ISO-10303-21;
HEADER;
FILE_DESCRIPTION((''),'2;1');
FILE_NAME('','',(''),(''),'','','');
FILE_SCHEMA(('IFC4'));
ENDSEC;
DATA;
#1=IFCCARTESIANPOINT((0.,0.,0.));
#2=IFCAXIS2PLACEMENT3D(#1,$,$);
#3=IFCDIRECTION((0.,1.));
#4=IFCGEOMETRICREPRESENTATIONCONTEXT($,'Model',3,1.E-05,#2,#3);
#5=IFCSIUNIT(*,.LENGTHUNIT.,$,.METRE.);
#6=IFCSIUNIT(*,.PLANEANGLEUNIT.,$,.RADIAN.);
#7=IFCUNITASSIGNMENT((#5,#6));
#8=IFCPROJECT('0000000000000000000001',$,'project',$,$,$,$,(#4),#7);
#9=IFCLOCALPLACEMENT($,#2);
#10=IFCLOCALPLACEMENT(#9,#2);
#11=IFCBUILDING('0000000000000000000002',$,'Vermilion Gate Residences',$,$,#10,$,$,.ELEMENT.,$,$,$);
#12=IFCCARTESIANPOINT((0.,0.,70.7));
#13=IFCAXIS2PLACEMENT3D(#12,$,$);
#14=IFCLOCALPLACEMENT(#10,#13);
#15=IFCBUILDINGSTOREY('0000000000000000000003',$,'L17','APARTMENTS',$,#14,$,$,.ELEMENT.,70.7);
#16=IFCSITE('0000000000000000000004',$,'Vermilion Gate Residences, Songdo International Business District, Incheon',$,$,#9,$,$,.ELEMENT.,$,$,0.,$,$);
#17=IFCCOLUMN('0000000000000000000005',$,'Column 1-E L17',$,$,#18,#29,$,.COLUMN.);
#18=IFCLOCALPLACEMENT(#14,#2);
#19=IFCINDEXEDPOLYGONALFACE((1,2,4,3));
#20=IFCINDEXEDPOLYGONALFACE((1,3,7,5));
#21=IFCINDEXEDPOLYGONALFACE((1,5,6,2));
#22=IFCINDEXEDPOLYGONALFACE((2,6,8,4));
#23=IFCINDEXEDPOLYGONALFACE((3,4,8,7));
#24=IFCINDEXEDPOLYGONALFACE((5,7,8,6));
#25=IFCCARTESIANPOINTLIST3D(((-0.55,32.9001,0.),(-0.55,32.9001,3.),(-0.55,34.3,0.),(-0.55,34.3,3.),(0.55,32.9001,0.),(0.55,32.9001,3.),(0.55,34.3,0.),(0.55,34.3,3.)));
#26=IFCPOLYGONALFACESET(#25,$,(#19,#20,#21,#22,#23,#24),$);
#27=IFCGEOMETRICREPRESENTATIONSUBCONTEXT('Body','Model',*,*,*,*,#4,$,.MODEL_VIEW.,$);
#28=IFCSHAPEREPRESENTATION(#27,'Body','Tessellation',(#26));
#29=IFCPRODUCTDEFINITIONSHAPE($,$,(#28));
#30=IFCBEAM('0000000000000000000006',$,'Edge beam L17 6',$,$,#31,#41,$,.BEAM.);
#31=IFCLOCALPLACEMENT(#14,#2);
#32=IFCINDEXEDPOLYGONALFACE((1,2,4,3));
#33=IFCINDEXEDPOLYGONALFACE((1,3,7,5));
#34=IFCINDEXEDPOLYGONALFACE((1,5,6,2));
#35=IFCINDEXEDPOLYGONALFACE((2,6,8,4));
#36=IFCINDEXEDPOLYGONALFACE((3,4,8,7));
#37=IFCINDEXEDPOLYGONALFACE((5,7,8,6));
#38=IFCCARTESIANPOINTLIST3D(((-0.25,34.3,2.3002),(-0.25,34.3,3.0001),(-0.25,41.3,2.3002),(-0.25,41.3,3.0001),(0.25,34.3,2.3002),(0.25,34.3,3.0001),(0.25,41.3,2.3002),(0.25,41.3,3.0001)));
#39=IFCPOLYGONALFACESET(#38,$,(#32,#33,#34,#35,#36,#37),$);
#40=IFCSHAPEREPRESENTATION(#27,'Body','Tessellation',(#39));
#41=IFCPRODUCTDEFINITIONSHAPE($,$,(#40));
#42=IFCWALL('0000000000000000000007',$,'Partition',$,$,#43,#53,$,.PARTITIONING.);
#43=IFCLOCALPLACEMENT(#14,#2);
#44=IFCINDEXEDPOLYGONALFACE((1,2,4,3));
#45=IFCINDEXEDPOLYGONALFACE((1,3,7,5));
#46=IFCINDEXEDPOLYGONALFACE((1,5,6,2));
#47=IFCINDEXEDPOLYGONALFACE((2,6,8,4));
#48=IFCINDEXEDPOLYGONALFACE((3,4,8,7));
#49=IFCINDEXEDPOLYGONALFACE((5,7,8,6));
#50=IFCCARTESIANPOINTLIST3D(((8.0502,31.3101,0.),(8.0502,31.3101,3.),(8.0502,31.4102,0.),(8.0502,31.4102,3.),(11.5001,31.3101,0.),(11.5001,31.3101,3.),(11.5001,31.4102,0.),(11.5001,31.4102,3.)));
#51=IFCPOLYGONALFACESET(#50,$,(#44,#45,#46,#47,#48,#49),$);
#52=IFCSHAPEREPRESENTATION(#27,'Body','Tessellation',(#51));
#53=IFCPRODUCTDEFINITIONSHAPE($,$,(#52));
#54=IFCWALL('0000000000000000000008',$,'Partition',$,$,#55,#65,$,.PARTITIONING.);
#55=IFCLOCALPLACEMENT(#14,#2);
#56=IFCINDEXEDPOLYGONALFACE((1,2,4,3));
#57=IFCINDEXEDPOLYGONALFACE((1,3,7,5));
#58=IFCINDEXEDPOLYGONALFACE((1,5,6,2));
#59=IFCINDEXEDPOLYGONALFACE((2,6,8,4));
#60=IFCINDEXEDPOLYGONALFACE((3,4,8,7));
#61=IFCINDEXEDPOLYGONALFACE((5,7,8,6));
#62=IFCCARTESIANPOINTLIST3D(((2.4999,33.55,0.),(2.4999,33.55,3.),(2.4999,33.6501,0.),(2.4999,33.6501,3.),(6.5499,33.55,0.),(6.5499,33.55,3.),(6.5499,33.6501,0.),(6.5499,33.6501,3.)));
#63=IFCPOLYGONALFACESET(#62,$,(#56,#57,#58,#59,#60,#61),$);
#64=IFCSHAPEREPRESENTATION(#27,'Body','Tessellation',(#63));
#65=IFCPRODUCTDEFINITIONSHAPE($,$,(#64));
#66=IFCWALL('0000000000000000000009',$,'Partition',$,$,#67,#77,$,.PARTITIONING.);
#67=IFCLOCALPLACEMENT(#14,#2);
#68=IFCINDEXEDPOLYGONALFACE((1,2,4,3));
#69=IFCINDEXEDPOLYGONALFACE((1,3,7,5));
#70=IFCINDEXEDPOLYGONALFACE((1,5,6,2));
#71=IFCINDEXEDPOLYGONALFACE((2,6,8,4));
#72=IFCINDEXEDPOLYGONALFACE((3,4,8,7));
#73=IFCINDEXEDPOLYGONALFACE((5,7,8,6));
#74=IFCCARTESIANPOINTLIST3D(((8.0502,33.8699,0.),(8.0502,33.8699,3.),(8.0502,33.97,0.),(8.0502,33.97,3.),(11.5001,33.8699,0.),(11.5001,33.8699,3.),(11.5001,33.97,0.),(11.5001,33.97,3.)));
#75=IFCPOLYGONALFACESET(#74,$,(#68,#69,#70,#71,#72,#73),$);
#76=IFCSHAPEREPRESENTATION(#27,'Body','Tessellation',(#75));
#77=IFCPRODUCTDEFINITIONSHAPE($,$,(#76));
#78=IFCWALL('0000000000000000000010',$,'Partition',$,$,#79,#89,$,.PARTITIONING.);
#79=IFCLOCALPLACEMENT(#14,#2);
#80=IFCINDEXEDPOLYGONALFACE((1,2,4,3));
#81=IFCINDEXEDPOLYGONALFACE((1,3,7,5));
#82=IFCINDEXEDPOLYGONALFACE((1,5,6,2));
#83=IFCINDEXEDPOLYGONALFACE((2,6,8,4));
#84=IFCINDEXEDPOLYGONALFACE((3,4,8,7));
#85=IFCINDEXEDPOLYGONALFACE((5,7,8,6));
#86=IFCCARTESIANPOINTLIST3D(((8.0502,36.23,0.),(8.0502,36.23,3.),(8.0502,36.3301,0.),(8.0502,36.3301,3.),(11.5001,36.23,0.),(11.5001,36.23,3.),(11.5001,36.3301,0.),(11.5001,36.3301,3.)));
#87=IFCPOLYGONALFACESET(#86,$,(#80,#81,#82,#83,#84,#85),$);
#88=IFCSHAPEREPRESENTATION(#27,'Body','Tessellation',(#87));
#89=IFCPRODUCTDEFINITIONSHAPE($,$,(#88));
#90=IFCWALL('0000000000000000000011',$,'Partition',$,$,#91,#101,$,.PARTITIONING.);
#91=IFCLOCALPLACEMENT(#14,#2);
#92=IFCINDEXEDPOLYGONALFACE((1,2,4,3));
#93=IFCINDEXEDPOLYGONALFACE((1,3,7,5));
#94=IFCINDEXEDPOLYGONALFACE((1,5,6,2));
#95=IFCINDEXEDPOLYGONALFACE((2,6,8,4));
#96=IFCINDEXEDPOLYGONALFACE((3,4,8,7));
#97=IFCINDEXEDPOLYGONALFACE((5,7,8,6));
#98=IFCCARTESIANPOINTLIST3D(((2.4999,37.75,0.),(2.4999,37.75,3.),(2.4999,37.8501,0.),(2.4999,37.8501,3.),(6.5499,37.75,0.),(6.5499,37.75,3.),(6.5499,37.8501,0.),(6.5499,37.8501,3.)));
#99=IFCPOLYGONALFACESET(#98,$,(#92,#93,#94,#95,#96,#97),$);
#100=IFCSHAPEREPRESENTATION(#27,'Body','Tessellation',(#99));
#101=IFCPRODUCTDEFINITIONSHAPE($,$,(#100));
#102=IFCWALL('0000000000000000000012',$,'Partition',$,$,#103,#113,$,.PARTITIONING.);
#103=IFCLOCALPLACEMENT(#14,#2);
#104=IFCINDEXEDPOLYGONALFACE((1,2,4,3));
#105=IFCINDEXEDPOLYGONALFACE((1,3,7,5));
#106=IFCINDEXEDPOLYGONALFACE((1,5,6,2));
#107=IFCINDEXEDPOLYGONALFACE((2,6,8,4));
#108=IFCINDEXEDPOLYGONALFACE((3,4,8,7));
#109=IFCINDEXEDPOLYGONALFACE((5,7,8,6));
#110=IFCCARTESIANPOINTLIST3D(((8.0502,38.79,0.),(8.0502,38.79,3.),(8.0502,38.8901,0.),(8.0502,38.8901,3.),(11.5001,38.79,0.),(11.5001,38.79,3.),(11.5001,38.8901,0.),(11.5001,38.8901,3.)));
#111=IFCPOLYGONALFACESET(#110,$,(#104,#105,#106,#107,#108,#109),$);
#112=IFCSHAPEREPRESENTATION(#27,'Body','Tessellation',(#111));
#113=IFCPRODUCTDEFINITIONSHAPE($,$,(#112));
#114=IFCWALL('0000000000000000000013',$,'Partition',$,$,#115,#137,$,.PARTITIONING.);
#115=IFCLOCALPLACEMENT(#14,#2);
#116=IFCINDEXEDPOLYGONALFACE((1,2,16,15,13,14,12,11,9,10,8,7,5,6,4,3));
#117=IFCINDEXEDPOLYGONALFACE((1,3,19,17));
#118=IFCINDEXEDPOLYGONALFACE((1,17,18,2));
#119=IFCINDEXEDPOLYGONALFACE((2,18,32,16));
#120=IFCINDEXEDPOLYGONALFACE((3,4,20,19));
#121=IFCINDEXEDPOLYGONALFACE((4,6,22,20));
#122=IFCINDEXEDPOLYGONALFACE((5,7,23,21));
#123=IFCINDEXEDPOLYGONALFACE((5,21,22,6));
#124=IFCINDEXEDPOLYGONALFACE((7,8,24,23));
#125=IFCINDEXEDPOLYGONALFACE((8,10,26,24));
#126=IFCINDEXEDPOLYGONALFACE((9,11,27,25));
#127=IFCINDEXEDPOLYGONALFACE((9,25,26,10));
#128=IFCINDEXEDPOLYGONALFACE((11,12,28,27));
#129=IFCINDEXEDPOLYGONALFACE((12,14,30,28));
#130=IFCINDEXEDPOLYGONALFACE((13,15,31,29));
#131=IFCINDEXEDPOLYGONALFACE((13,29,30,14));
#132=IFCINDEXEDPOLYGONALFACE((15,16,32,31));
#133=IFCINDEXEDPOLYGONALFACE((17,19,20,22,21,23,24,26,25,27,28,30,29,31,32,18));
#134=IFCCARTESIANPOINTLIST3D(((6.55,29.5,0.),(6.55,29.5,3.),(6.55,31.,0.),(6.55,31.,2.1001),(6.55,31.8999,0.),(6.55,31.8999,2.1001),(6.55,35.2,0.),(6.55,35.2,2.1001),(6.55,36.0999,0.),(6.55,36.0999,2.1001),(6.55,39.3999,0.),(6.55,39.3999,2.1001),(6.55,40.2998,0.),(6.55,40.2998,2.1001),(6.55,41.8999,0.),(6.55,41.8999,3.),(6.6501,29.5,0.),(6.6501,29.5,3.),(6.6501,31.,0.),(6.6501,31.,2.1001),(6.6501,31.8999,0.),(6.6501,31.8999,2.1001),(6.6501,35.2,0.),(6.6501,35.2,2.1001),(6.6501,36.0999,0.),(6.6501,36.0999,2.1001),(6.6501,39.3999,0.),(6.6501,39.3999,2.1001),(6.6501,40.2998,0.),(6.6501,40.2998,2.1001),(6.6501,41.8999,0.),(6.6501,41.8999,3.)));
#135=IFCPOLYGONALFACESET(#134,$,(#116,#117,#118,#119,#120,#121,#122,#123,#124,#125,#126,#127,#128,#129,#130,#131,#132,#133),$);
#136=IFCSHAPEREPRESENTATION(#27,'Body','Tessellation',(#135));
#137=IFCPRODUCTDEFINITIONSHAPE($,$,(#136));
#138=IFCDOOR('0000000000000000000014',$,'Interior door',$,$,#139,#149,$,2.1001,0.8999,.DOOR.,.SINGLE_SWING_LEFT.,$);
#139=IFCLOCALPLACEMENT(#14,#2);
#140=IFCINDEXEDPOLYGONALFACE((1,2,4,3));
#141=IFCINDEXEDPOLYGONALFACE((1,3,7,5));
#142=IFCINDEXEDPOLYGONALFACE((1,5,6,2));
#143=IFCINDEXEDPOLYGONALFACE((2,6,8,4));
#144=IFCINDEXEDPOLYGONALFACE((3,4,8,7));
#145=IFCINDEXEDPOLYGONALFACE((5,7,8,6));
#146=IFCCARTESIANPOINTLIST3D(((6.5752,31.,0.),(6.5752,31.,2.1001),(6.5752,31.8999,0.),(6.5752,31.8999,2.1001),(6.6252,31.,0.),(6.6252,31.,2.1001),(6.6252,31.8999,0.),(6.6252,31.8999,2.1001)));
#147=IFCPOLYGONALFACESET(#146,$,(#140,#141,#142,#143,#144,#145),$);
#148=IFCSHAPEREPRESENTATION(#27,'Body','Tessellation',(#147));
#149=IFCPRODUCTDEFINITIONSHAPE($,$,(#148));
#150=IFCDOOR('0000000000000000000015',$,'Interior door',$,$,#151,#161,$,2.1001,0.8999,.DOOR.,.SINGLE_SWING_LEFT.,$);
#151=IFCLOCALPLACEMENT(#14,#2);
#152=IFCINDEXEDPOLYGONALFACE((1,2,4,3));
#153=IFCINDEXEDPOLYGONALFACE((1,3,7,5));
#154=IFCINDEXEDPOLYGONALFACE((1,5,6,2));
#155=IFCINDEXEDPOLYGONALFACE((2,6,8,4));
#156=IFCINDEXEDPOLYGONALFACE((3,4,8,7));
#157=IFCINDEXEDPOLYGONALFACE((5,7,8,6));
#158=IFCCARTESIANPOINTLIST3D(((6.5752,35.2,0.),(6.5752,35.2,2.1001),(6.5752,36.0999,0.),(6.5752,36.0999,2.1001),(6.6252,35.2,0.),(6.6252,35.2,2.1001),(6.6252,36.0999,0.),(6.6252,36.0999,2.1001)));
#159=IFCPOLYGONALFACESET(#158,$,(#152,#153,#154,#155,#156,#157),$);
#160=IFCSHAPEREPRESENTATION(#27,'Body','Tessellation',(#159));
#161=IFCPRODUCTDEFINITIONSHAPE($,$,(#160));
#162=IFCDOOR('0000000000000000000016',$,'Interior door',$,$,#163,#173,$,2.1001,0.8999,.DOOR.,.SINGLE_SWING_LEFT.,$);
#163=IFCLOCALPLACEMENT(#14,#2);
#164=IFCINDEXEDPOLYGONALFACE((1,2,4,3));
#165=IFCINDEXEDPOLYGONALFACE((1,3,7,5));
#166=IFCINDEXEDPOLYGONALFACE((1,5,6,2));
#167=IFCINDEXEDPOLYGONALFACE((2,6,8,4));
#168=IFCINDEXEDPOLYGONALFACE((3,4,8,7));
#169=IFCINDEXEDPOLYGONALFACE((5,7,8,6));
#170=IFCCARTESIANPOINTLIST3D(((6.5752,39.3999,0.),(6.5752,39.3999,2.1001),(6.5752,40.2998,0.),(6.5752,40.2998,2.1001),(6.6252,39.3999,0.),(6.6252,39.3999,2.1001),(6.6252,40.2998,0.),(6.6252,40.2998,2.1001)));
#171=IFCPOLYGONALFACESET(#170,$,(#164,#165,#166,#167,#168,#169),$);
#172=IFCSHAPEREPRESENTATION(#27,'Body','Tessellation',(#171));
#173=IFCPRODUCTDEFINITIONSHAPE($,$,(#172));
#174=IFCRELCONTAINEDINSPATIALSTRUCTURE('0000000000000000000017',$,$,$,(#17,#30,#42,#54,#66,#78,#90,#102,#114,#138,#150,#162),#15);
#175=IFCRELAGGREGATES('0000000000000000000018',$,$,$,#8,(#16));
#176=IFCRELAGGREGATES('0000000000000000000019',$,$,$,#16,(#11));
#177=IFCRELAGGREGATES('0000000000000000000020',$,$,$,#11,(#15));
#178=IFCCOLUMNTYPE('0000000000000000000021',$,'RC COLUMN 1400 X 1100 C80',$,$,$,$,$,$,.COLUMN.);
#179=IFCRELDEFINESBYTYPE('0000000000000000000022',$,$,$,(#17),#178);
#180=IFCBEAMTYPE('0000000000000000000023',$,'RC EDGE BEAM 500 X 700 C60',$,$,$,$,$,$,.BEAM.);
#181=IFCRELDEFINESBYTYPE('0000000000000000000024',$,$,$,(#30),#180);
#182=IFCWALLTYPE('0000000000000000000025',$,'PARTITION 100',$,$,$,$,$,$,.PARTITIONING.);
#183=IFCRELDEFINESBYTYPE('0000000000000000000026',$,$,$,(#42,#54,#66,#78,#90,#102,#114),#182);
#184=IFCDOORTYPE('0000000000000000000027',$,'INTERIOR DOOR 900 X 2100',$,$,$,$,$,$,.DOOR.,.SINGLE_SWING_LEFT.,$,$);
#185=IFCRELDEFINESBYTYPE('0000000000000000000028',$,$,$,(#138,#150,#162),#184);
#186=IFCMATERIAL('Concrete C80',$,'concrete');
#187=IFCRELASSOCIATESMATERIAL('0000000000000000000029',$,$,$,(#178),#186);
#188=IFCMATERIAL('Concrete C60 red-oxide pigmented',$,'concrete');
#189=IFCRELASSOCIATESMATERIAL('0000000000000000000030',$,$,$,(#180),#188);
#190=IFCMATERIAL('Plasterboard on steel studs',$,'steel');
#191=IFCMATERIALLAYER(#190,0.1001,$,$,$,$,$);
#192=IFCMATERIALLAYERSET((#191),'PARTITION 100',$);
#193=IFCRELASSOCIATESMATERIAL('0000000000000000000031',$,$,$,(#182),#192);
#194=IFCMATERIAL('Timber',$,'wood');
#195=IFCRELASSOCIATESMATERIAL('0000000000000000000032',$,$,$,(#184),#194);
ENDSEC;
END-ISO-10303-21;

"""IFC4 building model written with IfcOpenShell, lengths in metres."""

from ifc_helpers import new_model, si_unit, direction, frame, frame_2d, origin, origin_2d, place, context, subcontext, project, spatial, rectangle, extrude, material, layer, layer_set, material_profile, profile_set, type_object, element, fill, save


model = new_model("IFC4")

# Units and contexts
model_context = context("Model", 3, precision=1e-05, world=origin(), true_north=direction((0.0, 1.0)))
body_context = subcontext(model_context, "Body", "Model", "MODEL_VIEW")
ifc_project = project(units=[si_unit("LENGTHUNIT", "METRE"), si_unit("PLANEANGLEUNIT", "RADIAN")], contexts=[model_context])

# Site, building, storey
site_placement = place(None, origin())
site = spatial("IfcSite", under=ifc_project, at=site_placement, Name="Vermilion Gate Residences, Songdo International Business District, Incheon", CompositionType="ELEMENT", RefElevation=0.0)
building_placement = place(site_placement, origin())
building = spatial("IfcBuilding", under=site, at=building_placement, Name="Vermilion Gate Residences", CompositionType="ELEMENT")
storey_placement = place(building_placement, frame((0.0, 0.0, 70.7)))
storey = spatial("IfcBuildingStorey", under=building, at=storey_placement, Name="L17", Description="APARTMENTS", CompositionType="ELEMENT", Elevation=70.7)

# Column
ifc_material_1 = material(Name="Concrete C80", Category="concrete")
ifc_material_profile_1 = material_profile(ifc_material_1, rectangle(XDim=1.3999, YDim=1.1001, at=origin_2d()), Name="RC-1400x1100")
ifc_profile_set_1 = profile_set([ifc_material_profile_1], Name="Concrete C80")
column_type = type_object("IfcColumnType", Name="RC COLUMN 1400 X 1100 C80", PredefinedType="COLUMN", material=ifc_profile_set_1)
column_placement = place(storey_placement, frame((0.0, 33.6001, 0.0), z_axis=(0.0, 0.0, 1.0), x_axis=(0.0, 1.0, 0.0)))
element("IfcColumn", 1, at=column_placement, inside=storey, type_object=column_type, Name="Column 1-E L17", PredefinedType="COLUMN", context=body_context, shape_type="SweptSolid", body=[
    extrude(rectangle(XDim=1.3999, YDim=1.1001, at=origin_2d()), origin(), (0.0, 0.0, 1.0), 3.0),
])

# Beam
ifc_material_2 = material(Name="Concrete C60 red-oxide pigmented", Category="concrete")
ifc_material_profile_2 = material_profile(ifc_material_2, rectangle(XDim=0.5, YDim=0.7, at=origin_2d()), Name="RC-500x700")
ifc_profile_set_2 = profile_set([ifc_material_profile_2], Name="Concrete C60 red-oxide pigmented")
beam_type = type_object("IfcBeamType", Name="RC EDGE BEAM 500 X 700 C60", PredefinedType="BEAM", material=ifc_profile_set_2)
beam_placement = place(storey_placement, frame((0.0, 34.3, 2.6501), z_axis=(0.0, 1.0, 0.0), x_axis=(-1.0, 0.0, 0.0)))
element("IfcBeam", 2, at=beam_placement, inside=storey, type_object=beam_type, Name="Edge beam L17 6", PredefinedType="BEAM", context=body_context, shape_type="SweptSolid", body=[
    extrude(rectangle(XDim=0.5, YDim=0.7, at=origin_2d()), origin(), (0.0, 0.0, 1.0), 7.0),
])

# Walls
ifc_material_3 = material(Name="Plasterboard on steel studs", Category="steel")
ifc_layer = layer(ifc_material_3, 0.1001)
ifc_layer_set = layer_set([ifc_layer], Name="PARTITION 100")
wall_type = type_object("IfcWallType", Name="PARTITION 100", PredefinedType="PARTITIONING", material=ifc_layer_set)
wall_1_placement = place(storey_placement, frame((8.05, 31.3601, 0.0), z_axis=(0.0, 0.0, 1.0), x_axis=(1.0, 0.0, 0.0)))
element("IfcWall", 3, at=wall_1_placement, inside=storey, type_object=wall_type, Name="Partition", PredefinedType="PARTITIONING", context=body_context, shape_type="SweptSolid", body=[
    extrude(rectangle(XDim=3.45, YDim=0.1001, at=frame_2d((1.7251, 0.0))), origin(), (0.0, 0.0, 1.0), 3.0),
])
wall_2_placement = place(storey_placement, frame((2.5, 33.6001, 0.0), z_axis=(0.0, 0.0, 1.0), x_axis=(1.0, 0.0, 0.0)))
element("IfcWall", 4, at=wall_2_placement, inside=storey, type_object=wall_type, Name="Partition", PredefinedType="PARTITIONING", context=body_context, shape_type="SweptSolid", body=[
    extrude(rectangle(XDim=4.05, YDim=0.1001, at=frame_2d((2.0249, 0.0))), origin(), (0.0, 0.0, 1.0), 3.0),
])
for number, where, z_axis, x_axis, name in (
    (5, (8.05, 33.9199, 0.0), (0.0, 0.0, 1.0), (1.0, 0.0, 0.0), "Partition"),
    (6, (8.05, 36.28, 0.0), (0.0, 0.0, 1.0), (1.0, 0.0, 0.0), "Partition"),
):
    element("IfcWall", number, at=place(storey_placement, frame(where, z_axis=z_axis, x_axis=x_axis)), inside=storey, type_object=wall_type, Name=name, PredefinedType="PARTITIONING", context=body_context, shape_type="SweptSolid", body=[
        extrude(rectangle(XDim=3.45, YDim=0.1001, at=frame_2d((1.7251, 0.0))), origin(), (0.0, 0.0, 1.0), 3.0),
    ])
wall_3_placement = place(storey_placement, frame((2.5, 37.8, 0.0), z_axis=(0.0, 0.0, 1.0), x_axis=(1.0, 0.0, 0.0)))
element("IfcWall", 7, at=wall_3_placement, inside=storey, type_object=wall_type, Name="Partition", PredefinedType="PARTITIONING", context=body_context, shape_type="SweptSolid", body=[
    extrude(rectangle(XDim=4.05, YDim=0.1001, at=frame_2d((2.0249, 0.0))), origin(), (0.0, 0.0, 1.0), 3.0),
])
wall_4_placement = place(storey_placement, frame((8.05, 38.8401, 0.0), z_axis=(0.0, 0.0, 1.0), x_axis=(1.0, 0.0, 0.0)))
element("IfcWall", 8, at=wall_4_placement, inside=storey, type_object=wall_type, Name="Partition", PredefinedType="PARTITIONING", context=body_context, shape_type="SweptSolid", body=[
    extrude(rectangle(XDim=3.45, YDim=0.1001, at=frame_2d((1.7251, 0.0))), origin(), (0.0, 0.0, 1.0), 3.0),
])

# Wall, openings, doors
wall_5_placement = place(storey_placement, frame((6.6001, 29.5, 0.0), z_axis=(0.0, 0.0, 1.0), x_axis=(0.0, 1.0, 0.0)))
wall_5 = element("IfcWall", 9, at=wall_5_placement, inside=storey, type_object=wall_type, Name="Partition", PredefinedType="PARTITIONING", context=body_context, shape_type="SweptSolid", body=[
    extrude(rectangle(XDim=12.3999, YDim=0.1001, at=frame_2d((6.2, 0.0))), origin(), (0.0, 0.0, 1.0), 3.0),
])
opening_1_placement = place(wall_5_placement, frame((1.5, 0.0, 0.0)))
opening_1 = element("IfcOpeningElement", 10, at=opening_1_placement, cuts=wall_5, PredefinedType="OPENING", context=body_context, shape_type="SweptSolid", body=[
    extrude(rectangle(XDim=0.8999, YDim=2.1001, at=frame_2d((0.45, 1.05))), frame((0.0, 0.0601, 0.0), z_axis=(0.0, -1.0, 0.0), x_axis=(1.0, 0.0, 0.0)), (0.0, 0.0, 1.0), 0.1201),
])
opening_2_placement = place(wall_5_placement, frame((5.7, 0.0, 0.0)))
opening_2 = element("IfcOpeningElement", 11, at=opening_2_placement, cuts=wall_5, PredefinedType="OPENING", context=body_context, shape_type="SweptSolid", body=[
    extrude(rectangle(XDim=0.8999, YDim=2.1001, at=frame_2d((0.45, 1.05))), frame((0.0, 0.0601, 0.0), z_axis=(0.0, -1.0, 0.0), x_axis=(1.0, 0.0, 0.0)), (0.0, 0.0, 1.0), 0.1201),
])
opening_3_placement = place(wall_5_placement, frame((9.8999, 0.0, 0.0)))
opening_3 = element("IfcOpeningElement", 12, at=opening_3_placement, cuts=wall_5, PredefinedType="OPENING", context=body_context, shape_type="SweptSolid", body=[
    extrude(rectangle(XDim=0.8999, YDim=2.1001, at=frame_2d((0.45, 1.05))), frame((0.0, 0.0601, 0.0), z_axis=(0.0, -1.0, 0.0), x_axis=(1.0, 0.0, 0.0)), (0.0, 0.0, 1.0), 0.1201),
])
ifc_material_4 = material(Name="Timber", Category="wood")
door_type = type_object("IfcDoorType", Name="INTERIOR DOOR 900 X 2100", OperationType="SINGLE_SWING_LEFT", PredefinedType="DOOR", material=ifc_material_4)
door_1_placement = place(opening_1_placement, origin())
door_1 = element("IfcDoor", 13, at=door_1_placement, inside=storey, type_object=door_type, Name="Interior door", OperationType="SINGLE_SWING_LEFT", OverallHeight=2.1001, OverallWidth=0.8999, PredefinedType="DOOR", context=body_context, shape_type="SweptSolid", body=[
    extrude(rectangle(XDim=0.8999, YDim=2.1001, at=frame_2d((0.45, 1.05))), frame((0.0, 0.0249, 0.0), z_axis=(0.0, -1.0, 0.0), x_axis=(1.0, 0.0, 0.0)), (0.0, 0.0, 1.0), 0.05),
])
fill(opening_1, door_1)
door_2_placement = place(opening_2_placement, origin())
door_2 = element("IfcDoor", 14, at=door_2_placement, inside=storey, type_object=door_type, Name="Interior door", OperationType="SINGLE_SWING_LEFT", OverallHeight=2.1001, OverallWidth=0.8999, PredefinedType="DOOR", context=body_context, shape_type="SweptSolid", body=[
    extrude(rectangle(XDim=0.8999, YDim=2.1001, at=frame_2d((0.45, 1.05))), frame((0.0, 0.0249, 0.0), z_axis=(0.0, -1.0, 0.0), x_axis=(1.0, 0.0, 0.0)), (0.0, 0.0, 1.0), 0.05),
])
fill(opening_2, door_2)
door_3_placement = place(opening_3_placement, origin())
door_3 = element("IfcDoor", 15, at=door_3_placement, inside=storey, type_object=door_type, Name="Interior door", OperationType="SINGLE_SWING_LEFT", OverallHeight=2.1001, OverallWidth=0.8999, PredefinedType="DOOR", context=body_context, shape_type="SweptSolid", body=[
    extrude(rectangle(XDim=0.8999, YDim=2.1001, at=frame_2d((0.45, 1.05))), frame((0.0, 0.0249, 0.0), z_axis=(0.0, -1.0, 0.0), x_axis=(1.0, 0.0, 0.0)), (0.0, 0.0, 1.0), 0.05),
])
fill(opening_3, door_3)

save(model, "model.ifc")
